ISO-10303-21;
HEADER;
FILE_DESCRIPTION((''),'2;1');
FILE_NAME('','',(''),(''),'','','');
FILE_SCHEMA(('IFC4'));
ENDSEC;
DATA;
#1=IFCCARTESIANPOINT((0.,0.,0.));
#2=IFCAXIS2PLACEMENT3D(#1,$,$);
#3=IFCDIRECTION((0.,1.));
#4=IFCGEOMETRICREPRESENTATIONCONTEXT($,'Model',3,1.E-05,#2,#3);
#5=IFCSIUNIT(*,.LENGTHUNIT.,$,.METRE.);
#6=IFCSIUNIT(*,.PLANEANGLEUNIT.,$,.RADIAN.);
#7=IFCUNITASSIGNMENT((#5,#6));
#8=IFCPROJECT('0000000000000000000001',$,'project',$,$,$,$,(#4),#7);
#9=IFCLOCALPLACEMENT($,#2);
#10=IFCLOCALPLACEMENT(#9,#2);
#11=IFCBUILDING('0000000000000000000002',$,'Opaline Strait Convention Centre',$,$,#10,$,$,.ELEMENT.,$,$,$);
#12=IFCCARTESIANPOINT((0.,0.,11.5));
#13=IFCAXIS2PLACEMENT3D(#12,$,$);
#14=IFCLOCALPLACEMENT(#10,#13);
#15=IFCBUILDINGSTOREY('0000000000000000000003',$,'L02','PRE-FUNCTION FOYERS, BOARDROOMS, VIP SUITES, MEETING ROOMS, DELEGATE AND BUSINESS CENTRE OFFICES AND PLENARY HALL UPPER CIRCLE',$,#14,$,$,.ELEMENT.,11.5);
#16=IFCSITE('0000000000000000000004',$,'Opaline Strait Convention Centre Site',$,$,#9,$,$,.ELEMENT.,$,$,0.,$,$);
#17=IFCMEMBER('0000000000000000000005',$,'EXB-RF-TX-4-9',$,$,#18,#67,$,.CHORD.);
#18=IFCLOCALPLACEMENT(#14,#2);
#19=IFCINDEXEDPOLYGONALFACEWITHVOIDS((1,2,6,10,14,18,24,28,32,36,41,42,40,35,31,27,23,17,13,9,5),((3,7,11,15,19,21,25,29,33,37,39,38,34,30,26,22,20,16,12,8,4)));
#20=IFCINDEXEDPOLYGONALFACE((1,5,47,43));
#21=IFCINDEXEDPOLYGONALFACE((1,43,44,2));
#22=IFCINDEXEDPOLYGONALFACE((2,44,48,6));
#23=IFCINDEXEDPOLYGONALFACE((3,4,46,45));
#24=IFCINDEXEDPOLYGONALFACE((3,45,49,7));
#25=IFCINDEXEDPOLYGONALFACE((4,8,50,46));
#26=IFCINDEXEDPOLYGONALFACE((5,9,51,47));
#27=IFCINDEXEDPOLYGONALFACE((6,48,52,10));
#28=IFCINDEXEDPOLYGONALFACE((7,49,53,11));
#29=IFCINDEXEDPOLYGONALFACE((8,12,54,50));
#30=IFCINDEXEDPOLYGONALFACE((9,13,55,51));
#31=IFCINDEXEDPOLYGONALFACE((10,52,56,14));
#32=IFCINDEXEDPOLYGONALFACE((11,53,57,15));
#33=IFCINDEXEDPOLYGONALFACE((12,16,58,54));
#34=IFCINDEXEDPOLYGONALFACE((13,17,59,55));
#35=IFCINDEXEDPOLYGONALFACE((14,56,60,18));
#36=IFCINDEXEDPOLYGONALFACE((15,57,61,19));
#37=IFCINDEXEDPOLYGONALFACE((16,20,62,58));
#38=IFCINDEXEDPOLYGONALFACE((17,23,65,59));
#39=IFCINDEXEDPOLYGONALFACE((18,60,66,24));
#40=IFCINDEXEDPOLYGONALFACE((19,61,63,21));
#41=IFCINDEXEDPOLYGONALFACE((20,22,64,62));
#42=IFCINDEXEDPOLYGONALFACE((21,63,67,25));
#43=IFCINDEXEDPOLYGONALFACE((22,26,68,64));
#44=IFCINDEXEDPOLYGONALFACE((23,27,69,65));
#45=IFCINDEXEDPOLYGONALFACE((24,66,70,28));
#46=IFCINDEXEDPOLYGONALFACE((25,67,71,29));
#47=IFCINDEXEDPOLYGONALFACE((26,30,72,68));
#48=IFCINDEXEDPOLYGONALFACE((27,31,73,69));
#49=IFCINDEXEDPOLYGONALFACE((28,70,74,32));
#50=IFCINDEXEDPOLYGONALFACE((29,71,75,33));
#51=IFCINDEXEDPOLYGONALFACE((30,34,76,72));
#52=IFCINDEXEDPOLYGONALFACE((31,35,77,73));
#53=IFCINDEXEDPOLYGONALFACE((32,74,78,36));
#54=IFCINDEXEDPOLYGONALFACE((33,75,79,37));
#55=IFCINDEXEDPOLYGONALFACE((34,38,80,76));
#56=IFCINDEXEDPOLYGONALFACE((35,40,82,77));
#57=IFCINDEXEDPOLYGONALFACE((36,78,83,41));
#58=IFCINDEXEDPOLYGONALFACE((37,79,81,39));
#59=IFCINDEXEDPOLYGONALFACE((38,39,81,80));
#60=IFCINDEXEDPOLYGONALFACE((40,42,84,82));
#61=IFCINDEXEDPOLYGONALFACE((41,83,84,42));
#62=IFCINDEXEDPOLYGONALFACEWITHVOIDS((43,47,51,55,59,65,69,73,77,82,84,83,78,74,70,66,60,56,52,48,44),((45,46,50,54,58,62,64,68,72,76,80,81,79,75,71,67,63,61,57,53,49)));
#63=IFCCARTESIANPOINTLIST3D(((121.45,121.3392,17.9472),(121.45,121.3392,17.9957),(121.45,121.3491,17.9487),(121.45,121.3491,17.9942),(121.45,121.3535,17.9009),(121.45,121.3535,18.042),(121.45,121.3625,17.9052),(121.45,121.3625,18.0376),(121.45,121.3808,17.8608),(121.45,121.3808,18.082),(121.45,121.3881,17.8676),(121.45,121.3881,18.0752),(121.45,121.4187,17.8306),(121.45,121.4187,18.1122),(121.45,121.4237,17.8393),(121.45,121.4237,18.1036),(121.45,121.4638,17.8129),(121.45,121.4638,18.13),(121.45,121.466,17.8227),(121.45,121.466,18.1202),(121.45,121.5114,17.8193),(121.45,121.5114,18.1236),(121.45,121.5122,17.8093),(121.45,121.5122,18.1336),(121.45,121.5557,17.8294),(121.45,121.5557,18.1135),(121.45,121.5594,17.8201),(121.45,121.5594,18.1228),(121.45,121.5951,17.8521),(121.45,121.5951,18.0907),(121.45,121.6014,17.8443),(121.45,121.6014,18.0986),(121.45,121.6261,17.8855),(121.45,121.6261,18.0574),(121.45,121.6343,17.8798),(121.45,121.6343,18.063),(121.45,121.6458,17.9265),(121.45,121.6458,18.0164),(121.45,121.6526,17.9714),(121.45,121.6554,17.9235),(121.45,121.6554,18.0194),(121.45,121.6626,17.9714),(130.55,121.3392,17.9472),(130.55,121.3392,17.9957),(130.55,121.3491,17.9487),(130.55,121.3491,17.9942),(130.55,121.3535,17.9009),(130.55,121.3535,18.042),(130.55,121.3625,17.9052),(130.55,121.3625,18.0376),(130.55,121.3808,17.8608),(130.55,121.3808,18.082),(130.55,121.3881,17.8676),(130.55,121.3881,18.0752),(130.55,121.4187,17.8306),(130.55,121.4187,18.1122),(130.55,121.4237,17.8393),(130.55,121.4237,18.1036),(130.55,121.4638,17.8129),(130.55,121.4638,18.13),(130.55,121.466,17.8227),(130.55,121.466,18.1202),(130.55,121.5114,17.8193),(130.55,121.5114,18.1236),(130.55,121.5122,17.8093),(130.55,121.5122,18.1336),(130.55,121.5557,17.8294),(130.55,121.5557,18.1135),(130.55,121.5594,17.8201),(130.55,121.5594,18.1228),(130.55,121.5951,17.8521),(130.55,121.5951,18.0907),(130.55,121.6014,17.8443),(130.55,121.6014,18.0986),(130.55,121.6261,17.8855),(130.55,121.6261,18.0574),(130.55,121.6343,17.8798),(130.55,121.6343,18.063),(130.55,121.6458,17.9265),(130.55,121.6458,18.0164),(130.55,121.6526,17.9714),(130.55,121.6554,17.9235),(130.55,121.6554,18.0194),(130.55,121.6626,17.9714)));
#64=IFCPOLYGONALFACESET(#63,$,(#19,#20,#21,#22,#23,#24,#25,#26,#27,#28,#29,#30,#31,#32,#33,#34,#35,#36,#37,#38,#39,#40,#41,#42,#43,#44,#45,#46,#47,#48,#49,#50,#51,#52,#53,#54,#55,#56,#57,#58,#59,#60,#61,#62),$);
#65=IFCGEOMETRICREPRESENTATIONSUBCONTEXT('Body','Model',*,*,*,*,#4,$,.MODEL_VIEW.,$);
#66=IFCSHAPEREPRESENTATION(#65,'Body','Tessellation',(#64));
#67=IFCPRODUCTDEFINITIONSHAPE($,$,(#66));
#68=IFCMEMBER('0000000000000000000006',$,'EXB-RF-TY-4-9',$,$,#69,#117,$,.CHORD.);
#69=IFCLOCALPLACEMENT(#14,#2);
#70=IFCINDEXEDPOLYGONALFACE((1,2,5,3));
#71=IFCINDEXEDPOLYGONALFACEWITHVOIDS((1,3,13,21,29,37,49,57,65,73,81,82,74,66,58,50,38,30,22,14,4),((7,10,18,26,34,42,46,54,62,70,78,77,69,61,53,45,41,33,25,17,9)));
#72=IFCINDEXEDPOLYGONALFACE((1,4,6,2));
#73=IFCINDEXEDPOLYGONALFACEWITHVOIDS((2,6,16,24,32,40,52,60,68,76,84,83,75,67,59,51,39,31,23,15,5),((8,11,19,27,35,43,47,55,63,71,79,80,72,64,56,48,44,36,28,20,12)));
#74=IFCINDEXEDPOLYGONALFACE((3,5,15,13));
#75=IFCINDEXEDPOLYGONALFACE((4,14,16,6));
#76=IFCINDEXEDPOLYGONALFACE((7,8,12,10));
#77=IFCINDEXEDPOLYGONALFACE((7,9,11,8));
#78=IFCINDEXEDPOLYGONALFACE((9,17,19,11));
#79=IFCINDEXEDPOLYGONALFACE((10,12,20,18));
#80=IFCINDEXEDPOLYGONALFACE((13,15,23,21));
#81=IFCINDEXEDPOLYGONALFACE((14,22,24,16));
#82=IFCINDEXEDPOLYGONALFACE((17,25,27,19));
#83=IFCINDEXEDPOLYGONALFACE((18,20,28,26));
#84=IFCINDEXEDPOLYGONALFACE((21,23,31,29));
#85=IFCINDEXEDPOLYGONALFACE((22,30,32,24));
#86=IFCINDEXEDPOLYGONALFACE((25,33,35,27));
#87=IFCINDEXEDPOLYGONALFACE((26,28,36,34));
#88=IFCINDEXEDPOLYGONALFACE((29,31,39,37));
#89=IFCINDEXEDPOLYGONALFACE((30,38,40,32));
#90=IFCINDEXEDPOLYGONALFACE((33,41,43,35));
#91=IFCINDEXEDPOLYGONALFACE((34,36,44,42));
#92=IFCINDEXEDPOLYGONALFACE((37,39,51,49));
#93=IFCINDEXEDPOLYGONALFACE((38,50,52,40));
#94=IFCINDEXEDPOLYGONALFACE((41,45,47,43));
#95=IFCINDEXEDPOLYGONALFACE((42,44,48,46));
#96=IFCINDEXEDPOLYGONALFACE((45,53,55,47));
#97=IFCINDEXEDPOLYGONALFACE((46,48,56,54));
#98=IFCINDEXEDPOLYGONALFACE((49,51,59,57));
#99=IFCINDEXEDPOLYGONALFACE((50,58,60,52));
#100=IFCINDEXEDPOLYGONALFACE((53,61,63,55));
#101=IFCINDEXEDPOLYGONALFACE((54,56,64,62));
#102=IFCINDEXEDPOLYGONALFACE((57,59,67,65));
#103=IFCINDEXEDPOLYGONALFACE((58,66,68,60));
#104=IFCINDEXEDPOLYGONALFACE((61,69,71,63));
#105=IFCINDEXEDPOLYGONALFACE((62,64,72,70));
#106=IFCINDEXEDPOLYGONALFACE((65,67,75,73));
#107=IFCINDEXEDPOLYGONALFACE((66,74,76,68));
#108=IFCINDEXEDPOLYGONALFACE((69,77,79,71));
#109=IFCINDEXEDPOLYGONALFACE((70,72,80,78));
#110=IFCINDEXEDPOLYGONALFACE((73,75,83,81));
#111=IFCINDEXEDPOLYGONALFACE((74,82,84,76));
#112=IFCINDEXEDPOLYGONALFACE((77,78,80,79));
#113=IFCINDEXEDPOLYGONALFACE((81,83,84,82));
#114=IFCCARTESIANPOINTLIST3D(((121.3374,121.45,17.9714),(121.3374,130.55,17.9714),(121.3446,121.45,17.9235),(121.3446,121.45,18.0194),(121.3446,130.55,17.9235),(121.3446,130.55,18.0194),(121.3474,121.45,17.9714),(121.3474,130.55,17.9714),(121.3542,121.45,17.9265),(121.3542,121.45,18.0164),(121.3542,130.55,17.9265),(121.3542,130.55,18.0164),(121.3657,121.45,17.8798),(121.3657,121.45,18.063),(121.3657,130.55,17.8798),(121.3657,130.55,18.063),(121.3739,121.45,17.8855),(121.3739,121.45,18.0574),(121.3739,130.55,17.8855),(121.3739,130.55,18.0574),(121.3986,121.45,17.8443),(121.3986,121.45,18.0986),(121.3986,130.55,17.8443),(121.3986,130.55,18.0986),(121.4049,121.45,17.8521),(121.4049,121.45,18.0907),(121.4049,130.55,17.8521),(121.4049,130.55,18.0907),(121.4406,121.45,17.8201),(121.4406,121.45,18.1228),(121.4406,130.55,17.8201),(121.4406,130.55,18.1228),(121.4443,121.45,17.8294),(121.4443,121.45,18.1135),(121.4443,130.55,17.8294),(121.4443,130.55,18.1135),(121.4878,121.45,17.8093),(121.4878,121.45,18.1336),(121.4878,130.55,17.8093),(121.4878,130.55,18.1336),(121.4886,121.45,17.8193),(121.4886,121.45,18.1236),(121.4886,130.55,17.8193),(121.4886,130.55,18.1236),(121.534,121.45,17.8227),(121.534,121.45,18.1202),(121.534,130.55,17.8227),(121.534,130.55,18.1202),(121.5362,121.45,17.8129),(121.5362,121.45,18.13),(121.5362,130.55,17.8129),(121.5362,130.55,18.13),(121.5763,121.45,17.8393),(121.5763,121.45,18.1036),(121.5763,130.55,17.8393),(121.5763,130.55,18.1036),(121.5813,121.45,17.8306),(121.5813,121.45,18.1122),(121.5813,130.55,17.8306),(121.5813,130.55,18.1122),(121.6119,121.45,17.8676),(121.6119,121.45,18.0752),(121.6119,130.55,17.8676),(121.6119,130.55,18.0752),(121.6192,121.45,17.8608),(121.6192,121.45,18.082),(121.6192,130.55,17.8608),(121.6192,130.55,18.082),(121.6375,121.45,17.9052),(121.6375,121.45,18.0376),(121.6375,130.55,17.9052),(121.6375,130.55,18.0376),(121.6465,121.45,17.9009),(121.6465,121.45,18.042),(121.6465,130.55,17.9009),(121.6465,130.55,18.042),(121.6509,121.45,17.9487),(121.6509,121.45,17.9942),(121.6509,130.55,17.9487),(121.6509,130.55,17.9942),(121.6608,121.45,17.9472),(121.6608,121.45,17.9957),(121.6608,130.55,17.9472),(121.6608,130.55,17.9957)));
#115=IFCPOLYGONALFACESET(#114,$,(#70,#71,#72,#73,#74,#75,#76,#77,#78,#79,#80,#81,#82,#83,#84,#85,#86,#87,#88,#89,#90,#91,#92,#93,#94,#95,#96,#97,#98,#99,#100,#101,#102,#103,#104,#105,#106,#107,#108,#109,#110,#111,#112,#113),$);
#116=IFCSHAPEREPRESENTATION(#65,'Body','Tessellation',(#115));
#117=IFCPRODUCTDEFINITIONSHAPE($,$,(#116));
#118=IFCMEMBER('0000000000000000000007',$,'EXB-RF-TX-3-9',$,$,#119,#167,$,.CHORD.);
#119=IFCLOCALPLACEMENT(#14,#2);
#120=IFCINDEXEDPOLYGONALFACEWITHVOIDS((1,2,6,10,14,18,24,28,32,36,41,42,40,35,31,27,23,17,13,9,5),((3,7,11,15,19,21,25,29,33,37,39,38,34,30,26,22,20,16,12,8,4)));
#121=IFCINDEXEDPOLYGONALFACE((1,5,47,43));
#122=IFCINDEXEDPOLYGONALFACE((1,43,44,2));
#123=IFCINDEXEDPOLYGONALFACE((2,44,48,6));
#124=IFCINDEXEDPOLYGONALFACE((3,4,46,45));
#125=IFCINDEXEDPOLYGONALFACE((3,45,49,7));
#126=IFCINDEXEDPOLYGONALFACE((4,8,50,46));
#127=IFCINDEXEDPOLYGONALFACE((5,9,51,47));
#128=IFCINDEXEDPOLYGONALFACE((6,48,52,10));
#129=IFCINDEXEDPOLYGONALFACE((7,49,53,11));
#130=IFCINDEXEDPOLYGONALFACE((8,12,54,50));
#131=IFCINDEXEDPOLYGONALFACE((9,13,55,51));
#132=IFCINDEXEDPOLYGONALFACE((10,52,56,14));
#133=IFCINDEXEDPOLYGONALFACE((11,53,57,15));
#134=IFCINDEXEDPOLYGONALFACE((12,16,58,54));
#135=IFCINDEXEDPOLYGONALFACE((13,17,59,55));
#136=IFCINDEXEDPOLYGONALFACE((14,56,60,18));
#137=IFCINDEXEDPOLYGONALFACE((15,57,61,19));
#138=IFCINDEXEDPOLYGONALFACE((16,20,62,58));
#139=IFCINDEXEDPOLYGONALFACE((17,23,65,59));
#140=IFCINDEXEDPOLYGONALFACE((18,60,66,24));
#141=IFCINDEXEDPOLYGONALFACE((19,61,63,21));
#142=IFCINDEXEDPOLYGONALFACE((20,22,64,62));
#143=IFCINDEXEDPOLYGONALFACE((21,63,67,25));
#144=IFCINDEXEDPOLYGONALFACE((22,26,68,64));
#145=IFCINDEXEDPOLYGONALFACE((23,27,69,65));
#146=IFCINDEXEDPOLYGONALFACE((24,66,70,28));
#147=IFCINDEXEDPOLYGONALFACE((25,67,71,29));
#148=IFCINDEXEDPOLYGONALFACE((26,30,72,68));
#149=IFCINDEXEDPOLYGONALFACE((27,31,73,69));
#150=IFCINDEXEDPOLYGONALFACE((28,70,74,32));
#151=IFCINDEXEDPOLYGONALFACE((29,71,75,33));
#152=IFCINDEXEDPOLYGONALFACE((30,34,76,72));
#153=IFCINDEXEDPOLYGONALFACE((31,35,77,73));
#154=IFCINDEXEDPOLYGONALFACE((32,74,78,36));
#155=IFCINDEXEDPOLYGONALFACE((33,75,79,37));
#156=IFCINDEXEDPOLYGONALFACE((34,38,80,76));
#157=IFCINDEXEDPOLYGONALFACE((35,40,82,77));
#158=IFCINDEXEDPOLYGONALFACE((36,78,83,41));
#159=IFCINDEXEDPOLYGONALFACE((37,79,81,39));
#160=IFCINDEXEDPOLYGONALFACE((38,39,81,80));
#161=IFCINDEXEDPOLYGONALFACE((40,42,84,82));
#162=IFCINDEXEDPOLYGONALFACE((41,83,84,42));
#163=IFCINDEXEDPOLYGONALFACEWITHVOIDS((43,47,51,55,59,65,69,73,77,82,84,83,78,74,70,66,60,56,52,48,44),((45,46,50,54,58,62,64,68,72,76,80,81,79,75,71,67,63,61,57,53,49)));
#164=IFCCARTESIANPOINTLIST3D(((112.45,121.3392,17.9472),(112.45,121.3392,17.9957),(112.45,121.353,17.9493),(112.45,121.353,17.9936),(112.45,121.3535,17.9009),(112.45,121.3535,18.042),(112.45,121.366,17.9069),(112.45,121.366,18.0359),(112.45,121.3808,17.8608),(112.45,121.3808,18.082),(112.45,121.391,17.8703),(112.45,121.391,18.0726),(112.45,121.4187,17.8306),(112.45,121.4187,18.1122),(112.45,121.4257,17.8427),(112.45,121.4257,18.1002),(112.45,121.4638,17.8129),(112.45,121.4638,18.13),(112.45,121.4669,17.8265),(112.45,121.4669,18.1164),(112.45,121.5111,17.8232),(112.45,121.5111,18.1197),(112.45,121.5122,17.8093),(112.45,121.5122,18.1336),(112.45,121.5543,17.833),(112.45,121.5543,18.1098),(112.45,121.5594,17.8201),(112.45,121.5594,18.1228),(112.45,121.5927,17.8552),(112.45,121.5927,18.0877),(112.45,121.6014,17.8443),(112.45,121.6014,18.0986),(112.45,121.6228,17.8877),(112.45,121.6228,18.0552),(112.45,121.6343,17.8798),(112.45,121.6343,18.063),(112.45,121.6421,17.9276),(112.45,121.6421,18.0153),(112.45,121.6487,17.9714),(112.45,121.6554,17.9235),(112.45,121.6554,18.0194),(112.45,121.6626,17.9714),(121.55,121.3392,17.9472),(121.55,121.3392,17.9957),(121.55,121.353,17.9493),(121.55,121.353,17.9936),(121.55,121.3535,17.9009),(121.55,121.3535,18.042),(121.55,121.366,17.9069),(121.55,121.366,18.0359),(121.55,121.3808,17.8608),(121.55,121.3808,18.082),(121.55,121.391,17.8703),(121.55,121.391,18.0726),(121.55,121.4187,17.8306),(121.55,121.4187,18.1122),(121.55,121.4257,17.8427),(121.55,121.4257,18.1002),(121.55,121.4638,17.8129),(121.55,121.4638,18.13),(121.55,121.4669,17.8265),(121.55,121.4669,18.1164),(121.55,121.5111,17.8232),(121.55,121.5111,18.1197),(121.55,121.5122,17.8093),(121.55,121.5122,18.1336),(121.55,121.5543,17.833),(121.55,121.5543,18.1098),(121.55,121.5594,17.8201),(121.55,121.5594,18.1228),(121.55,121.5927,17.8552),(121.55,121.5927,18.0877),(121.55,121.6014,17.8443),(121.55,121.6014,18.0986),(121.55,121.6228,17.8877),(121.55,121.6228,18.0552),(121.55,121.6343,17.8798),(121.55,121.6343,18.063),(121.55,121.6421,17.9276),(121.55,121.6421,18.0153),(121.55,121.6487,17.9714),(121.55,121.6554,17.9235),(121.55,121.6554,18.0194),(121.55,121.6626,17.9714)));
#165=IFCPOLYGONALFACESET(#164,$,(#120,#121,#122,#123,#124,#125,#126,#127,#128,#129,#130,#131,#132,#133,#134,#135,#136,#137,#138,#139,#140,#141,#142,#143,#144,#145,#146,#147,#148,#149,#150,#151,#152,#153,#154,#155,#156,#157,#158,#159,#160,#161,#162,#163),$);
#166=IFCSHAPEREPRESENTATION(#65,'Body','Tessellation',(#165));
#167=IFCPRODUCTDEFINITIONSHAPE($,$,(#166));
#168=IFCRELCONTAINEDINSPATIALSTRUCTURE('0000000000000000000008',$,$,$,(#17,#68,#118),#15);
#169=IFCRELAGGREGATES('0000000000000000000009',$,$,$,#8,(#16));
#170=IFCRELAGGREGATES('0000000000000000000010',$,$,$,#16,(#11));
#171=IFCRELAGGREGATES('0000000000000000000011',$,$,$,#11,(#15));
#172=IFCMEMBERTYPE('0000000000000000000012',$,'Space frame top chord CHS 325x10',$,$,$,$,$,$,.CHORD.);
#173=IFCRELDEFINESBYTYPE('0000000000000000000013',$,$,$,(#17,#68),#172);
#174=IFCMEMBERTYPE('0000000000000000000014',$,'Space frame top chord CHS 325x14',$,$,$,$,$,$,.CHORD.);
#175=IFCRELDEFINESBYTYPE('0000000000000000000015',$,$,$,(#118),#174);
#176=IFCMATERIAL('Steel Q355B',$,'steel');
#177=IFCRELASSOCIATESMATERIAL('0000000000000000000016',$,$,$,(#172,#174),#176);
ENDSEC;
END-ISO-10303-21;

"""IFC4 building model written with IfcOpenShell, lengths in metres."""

from ifc_helpers import new_model, si_unit, direction, frame, origin, origin_2d, place, context, subcontext, project, spatial, hollow_circle, extrude, material, material_profile, profile_set, type_object, element, save


model = new_model("IFC4")

# Units and contexts
model_context = context("Model", 3, precision=1e-05, world=origin(), true_north=direction((0.0, 1.0)))
body_context = subcontext(model_context, "Body", "Model", "MODEL_VIEW")
ifc_project = project(units=[si_unit("LENGTHUNIT", "METRE"), si_unit("PLANEANGLEUNIT", "RADIAN")], contexts=[model_context])

# Site, building, storey
site_placement = place(None, origin())
site = spatial("IfcSite", under=ifc_project, at=site_placement, Name="Opaline Strait Convention Centre Site", CompositionType="ELEMENT", RefElevation=0.0)
building_placement = place(site_placement, origin())
building = spatial("IfcBuilding", under=site, at=building_placement, Name="Opaline Strait Convention Centre", CompositionType="ELEMENT")
storey_placement = place(building_placement, frame((0.0, 0.0, 11.5)))
storey = spatial("IfcBuildingStorey", under=building, at=storey_placement, Name="L02", Description="PRE-FUNCTION FOYERS, BOARDROOMS, VIP SUITES, MEETING ROOMS, DELEGATE AND BUSINESS CENTRE OFFICES AND PLENARY HALL UPPER CIRCLE", CompositionType="ELEMENT", Elevation=11.5)

# Members
ifc_material = material(Name="Steel Q355B", Category="steel")
ifc_material_profile_1 = material_profile(ifc_material, hollow_circle(Radius=0.1626, WallThickness=0.01, at=origin_2d()), Name="CHS 325x10")
ifc_profile_set_1 = profile_set([ifc_material_profile_1], Name="Steel Q355B")
member_type_1 = type_object("IfcMemberType", Name="Space frame top chord CHS 325x10", PredefinedType="CHORD", material=ifc_profile_set_1)
for number, where, z_axis, x_axis, name in (
    (1, (121.45, 121.5, 17.9714), (1.0, 0.0, 0.0), (0.0, 1.0, 0.0), "EXB-RF-TX-4-9"),
    (2, (121.5, 121.45, 17.9714), (0.0, 1.0, 0.0), (-1.0, 0.0, 0.0), "EXB-RF-TY-4-9"),
):
    element("IfcMember", number, at=place(storey_placement, frame(where, z_axis=z_axis, x_axis=x_axis)), inside=storey, type_object=member_type_1, Name=name, PredefinedType="CHORD", context=body_context, shape_type="SweptSolid", body=[
        extrude(hollow_circle(Radius=0.1626, WallThickness=0.01, at=origin_2d()), origin(), (0.0, 0.0, 1.0), 9.1001),
    ])
ifc_material_profile_2 = material_profile(ifc_material, hollow_circle(Radius=0.1626, WallThickness=0.0139, at=origin_2d()), Name="CHS 325x14")
ifc_profile_set_2 = profile_set([ifc_material_profile_2], Name="Steel Q355B")
member_type_2 = type_object("IfcMemberType", Name="Space frame top chord CHS 325x14", PredefinedType="CHORD", material=ifc_profile_set_2)
member_1_placement = place(storey_placement, frame((112.45, 121.5, 17.9714), z_axis=(1.0, 0.0, 0.0), x_axis=(0.0, 1.0, 0.0)))
element("IfcMember", 3, at=member_1_placement, inside=storey, type_object=member_type_2, Name="EXB-RF-TX-3-9", PredefinedType="CHORD", context=body_context, shape_type="SweptSolid", body=[
    extrude(hollow_circle(Radius=0.1626, WallThickness=0.0139, at=origin_2d()), origin(), (0.0, 0.0, 1.0), 9.1001),
])

save(model, "model.ifc")
